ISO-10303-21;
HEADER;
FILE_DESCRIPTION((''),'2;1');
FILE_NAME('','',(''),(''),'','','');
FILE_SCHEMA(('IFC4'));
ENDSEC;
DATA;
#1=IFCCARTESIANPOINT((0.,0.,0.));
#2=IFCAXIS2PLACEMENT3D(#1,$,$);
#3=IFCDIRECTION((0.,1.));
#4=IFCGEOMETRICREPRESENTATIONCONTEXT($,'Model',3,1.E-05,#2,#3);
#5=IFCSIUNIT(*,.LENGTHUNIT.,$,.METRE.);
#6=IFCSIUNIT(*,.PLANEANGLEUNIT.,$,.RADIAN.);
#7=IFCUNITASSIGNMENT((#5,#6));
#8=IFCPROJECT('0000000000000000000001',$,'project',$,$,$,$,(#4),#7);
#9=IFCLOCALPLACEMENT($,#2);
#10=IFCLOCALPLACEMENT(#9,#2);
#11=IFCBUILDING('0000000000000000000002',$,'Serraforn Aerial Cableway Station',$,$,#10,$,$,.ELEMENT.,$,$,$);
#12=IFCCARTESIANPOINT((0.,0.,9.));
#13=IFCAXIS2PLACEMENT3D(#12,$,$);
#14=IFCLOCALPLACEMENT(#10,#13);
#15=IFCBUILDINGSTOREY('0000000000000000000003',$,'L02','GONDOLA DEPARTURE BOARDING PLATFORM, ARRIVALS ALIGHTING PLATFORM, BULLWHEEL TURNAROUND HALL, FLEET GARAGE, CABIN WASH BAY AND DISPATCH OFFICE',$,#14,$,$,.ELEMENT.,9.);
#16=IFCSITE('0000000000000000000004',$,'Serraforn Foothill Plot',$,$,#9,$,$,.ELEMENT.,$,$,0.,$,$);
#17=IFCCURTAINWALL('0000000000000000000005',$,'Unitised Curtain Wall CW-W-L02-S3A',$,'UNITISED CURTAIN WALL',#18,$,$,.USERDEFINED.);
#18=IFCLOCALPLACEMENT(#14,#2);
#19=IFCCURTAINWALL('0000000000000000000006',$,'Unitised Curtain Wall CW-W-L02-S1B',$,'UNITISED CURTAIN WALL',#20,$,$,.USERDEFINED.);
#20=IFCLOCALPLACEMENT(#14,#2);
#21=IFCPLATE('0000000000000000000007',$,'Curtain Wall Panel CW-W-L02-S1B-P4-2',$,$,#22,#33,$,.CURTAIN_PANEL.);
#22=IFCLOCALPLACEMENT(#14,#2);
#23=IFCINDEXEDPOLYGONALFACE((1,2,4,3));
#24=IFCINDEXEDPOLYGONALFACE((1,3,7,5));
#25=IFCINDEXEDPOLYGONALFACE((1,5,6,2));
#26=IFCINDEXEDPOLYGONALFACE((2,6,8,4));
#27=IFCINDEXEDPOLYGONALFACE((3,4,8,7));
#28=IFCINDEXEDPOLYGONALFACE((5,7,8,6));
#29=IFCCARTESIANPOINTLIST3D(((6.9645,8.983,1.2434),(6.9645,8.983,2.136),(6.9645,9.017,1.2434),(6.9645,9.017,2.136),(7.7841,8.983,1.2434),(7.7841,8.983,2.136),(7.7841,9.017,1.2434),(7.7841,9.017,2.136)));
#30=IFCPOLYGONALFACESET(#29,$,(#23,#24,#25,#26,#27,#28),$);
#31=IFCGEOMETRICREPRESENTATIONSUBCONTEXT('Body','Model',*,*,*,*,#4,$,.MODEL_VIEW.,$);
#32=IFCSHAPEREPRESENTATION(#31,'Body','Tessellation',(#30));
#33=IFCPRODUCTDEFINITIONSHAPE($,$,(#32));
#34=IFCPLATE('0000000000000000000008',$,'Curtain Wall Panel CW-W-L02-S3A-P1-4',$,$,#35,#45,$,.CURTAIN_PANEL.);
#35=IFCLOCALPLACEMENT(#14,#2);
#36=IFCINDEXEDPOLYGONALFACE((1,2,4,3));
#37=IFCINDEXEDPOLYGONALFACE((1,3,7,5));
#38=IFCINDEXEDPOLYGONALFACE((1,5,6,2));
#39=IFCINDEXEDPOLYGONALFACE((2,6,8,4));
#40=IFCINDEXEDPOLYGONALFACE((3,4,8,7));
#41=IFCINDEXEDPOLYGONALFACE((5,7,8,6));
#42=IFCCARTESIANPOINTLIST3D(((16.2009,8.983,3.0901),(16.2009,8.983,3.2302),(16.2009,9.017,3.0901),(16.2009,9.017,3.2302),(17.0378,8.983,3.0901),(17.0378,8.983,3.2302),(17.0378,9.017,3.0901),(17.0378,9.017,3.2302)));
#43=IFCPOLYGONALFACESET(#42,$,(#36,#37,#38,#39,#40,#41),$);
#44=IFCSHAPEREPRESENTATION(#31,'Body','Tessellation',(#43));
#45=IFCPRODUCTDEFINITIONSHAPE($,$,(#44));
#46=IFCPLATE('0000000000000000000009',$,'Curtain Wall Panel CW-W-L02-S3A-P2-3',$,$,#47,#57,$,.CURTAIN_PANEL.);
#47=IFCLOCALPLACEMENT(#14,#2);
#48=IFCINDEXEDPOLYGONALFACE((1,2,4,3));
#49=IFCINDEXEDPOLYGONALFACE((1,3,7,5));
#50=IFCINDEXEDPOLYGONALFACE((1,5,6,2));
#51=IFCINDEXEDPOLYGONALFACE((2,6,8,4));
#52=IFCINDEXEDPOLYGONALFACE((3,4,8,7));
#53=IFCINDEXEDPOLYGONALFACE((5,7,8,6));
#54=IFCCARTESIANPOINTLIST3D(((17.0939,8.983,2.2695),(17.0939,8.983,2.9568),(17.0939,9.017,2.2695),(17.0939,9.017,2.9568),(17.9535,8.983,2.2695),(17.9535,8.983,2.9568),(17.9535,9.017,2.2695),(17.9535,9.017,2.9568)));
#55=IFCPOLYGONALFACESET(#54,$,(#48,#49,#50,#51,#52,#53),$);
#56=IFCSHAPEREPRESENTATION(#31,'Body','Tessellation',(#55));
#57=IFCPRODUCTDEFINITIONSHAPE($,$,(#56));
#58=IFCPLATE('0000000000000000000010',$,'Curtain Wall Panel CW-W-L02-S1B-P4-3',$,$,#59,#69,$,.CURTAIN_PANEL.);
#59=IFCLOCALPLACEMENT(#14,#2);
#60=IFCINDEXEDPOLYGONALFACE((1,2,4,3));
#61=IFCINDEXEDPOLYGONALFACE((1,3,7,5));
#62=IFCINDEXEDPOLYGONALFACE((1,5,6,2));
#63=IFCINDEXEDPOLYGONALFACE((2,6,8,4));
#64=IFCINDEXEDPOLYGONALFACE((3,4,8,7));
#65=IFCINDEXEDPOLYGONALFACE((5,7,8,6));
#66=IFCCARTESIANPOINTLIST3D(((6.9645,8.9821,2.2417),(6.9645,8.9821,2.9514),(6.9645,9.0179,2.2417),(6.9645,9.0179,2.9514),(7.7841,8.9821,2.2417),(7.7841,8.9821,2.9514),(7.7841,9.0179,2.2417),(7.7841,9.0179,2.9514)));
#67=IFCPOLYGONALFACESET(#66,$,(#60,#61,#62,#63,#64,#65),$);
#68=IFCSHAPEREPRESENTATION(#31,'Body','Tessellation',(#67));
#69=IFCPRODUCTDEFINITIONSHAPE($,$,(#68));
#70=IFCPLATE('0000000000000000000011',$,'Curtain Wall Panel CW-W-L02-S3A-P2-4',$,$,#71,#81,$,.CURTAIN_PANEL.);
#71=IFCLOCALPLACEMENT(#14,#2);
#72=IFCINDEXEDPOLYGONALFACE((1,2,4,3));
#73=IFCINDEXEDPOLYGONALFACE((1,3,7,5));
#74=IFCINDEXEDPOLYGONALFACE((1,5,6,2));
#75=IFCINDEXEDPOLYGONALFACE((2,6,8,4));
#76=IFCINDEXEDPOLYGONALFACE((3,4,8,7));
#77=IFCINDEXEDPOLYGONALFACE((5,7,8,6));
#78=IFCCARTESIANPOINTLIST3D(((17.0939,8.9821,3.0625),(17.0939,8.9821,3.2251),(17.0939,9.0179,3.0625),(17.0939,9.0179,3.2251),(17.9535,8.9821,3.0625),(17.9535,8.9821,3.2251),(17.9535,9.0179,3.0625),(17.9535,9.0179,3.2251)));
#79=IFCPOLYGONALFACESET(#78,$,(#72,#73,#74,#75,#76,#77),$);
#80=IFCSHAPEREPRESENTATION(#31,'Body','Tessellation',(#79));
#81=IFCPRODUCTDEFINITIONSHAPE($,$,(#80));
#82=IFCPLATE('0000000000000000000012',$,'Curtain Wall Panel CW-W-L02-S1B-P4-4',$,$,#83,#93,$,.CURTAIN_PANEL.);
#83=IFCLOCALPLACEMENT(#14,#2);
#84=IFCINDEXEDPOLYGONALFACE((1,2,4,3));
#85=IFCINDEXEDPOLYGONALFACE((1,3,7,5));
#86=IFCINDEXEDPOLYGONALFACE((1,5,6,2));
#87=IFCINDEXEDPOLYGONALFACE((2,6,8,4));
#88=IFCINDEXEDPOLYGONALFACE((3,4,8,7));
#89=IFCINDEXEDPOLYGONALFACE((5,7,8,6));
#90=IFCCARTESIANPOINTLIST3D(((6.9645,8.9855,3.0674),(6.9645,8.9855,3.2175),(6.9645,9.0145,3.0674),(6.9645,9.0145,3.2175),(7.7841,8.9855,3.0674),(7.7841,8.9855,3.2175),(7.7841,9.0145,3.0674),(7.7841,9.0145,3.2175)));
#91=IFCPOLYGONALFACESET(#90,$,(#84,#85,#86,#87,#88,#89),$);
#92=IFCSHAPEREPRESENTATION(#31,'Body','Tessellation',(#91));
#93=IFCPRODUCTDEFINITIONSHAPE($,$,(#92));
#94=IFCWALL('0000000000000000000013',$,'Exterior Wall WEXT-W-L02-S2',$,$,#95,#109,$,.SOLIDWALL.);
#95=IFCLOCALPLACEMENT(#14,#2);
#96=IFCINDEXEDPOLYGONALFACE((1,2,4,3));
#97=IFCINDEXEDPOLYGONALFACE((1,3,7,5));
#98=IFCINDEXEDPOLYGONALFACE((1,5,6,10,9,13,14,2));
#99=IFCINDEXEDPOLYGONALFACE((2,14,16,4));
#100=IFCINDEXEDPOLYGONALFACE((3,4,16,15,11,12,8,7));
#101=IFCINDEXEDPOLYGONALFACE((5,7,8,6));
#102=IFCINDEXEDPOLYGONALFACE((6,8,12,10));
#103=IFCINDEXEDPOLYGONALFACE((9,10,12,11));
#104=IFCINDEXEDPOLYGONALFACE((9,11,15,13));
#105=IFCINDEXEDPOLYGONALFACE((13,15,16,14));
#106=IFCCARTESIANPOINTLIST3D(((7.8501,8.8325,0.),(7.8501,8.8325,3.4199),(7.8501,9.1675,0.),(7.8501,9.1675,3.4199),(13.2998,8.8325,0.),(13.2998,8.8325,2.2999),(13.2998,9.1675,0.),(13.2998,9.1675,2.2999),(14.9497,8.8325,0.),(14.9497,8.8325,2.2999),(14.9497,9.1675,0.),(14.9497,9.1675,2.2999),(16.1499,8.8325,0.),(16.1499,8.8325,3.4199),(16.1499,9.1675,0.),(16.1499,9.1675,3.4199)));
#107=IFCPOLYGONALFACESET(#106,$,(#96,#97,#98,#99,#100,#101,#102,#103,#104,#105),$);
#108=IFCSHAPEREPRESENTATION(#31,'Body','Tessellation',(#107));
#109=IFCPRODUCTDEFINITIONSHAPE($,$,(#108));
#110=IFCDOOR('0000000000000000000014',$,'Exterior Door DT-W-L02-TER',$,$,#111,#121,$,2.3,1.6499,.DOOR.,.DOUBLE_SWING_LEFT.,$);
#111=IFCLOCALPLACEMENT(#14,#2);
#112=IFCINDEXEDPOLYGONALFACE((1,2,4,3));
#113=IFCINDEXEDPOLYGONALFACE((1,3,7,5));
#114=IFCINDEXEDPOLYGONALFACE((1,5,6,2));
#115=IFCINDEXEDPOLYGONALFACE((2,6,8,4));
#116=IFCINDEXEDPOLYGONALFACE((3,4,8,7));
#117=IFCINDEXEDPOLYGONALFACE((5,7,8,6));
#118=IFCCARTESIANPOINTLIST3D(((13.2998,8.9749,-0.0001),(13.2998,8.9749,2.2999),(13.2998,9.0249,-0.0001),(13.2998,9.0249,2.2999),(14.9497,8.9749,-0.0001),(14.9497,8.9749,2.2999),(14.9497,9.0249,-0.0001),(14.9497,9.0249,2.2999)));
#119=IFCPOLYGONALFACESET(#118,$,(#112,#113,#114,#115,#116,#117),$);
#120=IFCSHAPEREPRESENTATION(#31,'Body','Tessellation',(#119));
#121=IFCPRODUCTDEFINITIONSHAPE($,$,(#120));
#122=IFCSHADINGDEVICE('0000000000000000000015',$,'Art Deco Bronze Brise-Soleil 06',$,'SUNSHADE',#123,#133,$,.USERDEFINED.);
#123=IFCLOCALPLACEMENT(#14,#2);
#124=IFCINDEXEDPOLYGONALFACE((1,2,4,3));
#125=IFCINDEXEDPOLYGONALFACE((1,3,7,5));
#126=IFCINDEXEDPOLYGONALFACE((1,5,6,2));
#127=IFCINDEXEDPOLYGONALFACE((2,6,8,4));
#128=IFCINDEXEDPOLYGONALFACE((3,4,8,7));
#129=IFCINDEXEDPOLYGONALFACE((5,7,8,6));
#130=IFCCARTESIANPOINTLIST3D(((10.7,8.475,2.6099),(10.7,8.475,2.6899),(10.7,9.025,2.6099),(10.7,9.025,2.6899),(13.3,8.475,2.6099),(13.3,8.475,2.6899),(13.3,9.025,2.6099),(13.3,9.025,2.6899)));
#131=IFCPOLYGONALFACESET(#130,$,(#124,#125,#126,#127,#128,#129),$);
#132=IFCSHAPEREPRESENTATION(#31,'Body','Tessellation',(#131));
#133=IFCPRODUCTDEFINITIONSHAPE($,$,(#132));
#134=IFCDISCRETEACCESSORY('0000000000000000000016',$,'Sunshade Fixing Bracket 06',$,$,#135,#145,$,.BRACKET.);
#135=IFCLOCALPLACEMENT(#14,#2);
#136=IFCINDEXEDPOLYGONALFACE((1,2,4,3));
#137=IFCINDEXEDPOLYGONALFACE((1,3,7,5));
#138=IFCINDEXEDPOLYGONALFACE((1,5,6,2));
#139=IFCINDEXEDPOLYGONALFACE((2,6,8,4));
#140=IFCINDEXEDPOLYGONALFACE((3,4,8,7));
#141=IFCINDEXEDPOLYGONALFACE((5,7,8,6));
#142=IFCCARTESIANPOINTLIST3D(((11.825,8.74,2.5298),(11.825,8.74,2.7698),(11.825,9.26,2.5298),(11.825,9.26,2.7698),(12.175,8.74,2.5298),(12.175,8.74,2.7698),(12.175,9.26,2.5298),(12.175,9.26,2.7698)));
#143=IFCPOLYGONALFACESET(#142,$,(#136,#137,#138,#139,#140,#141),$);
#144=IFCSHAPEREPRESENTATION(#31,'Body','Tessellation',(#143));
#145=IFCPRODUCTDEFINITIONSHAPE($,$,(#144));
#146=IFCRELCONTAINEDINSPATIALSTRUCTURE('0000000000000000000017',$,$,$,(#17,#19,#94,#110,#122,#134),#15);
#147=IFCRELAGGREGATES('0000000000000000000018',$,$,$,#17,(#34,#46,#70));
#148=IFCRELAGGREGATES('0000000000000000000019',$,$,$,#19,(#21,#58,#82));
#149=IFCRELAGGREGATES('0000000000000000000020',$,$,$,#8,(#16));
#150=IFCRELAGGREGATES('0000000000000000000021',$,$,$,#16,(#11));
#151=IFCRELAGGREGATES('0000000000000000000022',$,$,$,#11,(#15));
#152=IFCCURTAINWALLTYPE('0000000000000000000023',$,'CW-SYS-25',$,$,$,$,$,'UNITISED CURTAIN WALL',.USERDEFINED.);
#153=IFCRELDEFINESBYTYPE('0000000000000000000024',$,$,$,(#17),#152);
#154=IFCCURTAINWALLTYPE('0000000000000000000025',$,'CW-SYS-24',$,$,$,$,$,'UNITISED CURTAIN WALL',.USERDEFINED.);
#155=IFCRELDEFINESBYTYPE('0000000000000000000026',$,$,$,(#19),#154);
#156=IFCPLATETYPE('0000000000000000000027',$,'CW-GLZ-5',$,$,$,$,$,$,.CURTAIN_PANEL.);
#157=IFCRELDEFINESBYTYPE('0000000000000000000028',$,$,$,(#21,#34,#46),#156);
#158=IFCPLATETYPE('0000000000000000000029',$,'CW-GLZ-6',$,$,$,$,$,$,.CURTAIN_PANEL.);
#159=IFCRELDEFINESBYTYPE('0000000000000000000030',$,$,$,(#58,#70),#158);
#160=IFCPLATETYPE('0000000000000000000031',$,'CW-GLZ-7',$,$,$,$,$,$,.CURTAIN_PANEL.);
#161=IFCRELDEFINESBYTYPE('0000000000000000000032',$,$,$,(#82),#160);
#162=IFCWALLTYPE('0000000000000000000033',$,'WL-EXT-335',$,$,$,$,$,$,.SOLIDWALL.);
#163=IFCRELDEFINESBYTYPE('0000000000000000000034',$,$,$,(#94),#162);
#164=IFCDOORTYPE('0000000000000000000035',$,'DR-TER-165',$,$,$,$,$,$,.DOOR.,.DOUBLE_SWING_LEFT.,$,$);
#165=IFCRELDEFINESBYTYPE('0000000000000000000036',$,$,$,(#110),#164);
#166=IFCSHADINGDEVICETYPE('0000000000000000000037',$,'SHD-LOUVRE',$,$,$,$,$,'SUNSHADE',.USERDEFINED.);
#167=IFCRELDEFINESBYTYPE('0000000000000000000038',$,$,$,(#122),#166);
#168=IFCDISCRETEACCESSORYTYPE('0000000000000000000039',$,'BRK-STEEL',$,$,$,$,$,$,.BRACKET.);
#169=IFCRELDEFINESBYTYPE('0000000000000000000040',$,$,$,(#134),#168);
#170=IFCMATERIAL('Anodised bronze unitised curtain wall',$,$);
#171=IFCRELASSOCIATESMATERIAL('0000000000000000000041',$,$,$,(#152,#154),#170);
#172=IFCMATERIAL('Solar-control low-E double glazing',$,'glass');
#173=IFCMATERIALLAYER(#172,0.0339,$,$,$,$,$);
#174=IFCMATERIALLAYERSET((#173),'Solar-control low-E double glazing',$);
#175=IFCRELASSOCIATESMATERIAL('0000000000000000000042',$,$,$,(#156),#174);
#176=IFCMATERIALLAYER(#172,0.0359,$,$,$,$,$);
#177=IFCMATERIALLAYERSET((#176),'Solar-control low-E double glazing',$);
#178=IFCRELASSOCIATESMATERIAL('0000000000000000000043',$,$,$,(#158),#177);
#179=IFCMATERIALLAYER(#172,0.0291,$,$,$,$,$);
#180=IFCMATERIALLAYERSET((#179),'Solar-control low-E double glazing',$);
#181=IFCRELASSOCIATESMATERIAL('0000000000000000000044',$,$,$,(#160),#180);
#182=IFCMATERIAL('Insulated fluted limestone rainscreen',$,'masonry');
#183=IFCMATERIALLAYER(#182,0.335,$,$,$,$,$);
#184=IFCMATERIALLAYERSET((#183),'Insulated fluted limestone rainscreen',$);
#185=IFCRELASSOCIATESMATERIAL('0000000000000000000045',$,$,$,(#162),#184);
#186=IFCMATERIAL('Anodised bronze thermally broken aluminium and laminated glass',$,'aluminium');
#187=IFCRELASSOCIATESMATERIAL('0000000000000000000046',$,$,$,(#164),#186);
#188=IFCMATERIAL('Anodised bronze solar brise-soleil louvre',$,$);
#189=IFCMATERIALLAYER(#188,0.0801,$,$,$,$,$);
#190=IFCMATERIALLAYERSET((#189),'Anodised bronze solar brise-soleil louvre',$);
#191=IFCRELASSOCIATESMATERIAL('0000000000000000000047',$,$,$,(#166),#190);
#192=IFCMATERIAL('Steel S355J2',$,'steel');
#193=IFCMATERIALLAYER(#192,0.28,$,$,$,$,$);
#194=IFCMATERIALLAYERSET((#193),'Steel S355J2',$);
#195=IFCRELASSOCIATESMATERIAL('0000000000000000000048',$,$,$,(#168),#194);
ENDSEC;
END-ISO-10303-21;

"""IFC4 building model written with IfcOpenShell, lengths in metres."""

from ifc_helpers import new_model, si_unit, direction, frame, frame_2d, origin, origin_2d, place, context, subcontext, project, spatial, rectangle, extrude, material, layer, layer_set, type_object, element, fill, aggregate, save


model = new_model("IFC4")

# Units and contexts
model_context = context("Model", 3, precision=1e-05, world=origin(), true_north=direction((0.0, 1.0)))
body_context = subcontext(model_context, "Body", "Model", "MODEL_VIEW")
ifc_project = project(units=[si_unit("LENGTHUNIT", "METRE"), si_unit("PLANEANGLEUNIT", "RADIAN")], contexts=[model_context])

# Site, building, storey
site_placement = place(None, origin())
site = spatial("IfcSite", under=ifc_project, at=site_placement, Name="Serraforn Foothill Plot", CompositionType="ELEMENT", RefElevation=0.0)
building_placement = place(site_placement, origin())
building = spatial("IfcBuilding", under=site, at=building_placement, Name="Serraforn Aerial Cableway Station", CompositionType="ELEMENT")
storey_placement = place(building_placement, frame((0.0, 0.0, 9.0)))
storey = spatial("IfcBuildingStorey", under=building, at=storey_placement, Name="L02", Description="GONDOLA DEPARTURE BOARDING PLATFORM, ARRIVALS ALIGHTING PLATFORM, BULLWHEEL TURNAROUND HALL, FLEET GARAGE, CABIN WASH BAY AND DISPATCH OFFICE", CompositionType="ELEMENT", Elevation=9.0)

# Shared definitions
ifc_material_1 = material(Name="Steel S355J2", Category="steel")

# Curtain wall
ifc_material_2 = material(Name="Anodised bronze unitised curtain wall")
curtain_wall_type_1 = type_object("IfcCurtainWallType", Name="CW-SYS-25", ElementType="UNITISED CURTAIN WALL", PredefinedType="USERDEFINED", material=ifc_material_2)
curtain_wall_1_placement = place(storey_placement, origin())
curtain_wall_1 = element("IfcCurtainWall", 1, at=curtain_wall_1_placement, inside=storey, type_object=curtain_wall_type_1, Name="Unitised Curtain Wall CW-W-L02-S3A", ObjectType="UNITISED CURTAIN WALL", PredefinedType="USERDEFINED")

# Curtain wall
curtain_wall_type_2 = type_object("IfcCurtainWallType", Name="CW-SYS-24", ElementType="UNITISED CURTAIN WALL", PredefinedType="USERDEFINED", material=ifc_material_2)
curtain_wall_2_placement = place(storey_placement, origin())
curtain_wall_2 = element("IfcCurtainWall", 2, at=curtain_wall_2_placement, inside=storey, type_object=curtain_wall_type_2, Name="Unitised Curtain Wall CW-W-L02-S1B", ObjectType="UNITISED CURTAIN WALL", PredefinedType="USERDEFINED")

# Plates
ifc_material_3 = material(Name="Solar-control low-E double glazing", Category="glass")
ifc_layer_1 = layer(ifc_material_3, 0.0339)
ifc_layer_set_1 = layer_set([ifc_layer_1], Name="Solar-control low-E double glazing")
plate_type_1 = type_object("IfcPlateType", Name="CW-GLZ-5", PredefinedType="CURTAIN_PANEL", material=ifc_layer_set_1)
plate_1_placement = place(storey_placement, frame((7.3743, 9.0, 1.2434), z_axis=(0.0, 0.0, 1.0), x_axis=(1.0, 0.0, 0.0)))
plate_1 = element("IfcPlate", 3, at=plate_1_placement, type_object=plate_type_1, Name="Curtain Wall Panel CW-W-L02-S1B-P4-2", PredefinedType="CURTAIN_PANEL", context=body_context, shape_type="SweptSolid", body=[
    extrude(rectangle(XDim=0.8196, YDim=0.0339, at=origin_2d()), origin(), (0.0, 0.0, 1.0), 0.8926),
])
plate_2_placement = place(storey_placement, frame((16.6194, 9.0, 3.0901), z_axis=(0.0, 0.0, 1.0), x_axis=(1.0, 0.0, 0.0)))
plate_2 = element("IfcPlate", 4, at=plate_2_placement, type_object=plate_type_1, Name="Curtain Wall Panel CW-W-L02-S3A-P1-4", PredefinedType="CURTAIN_PANEL", context=body_context, shape_type="SweptSolid", body=[
    extrude(rectangle(XDim=0.8369, YDim=0.0339, at=origin_2d()), origin(), (0.0, 0.0, 1.0), 0.1401),
])
plate_3_placement = place(storey_placement, frame((17.5237, 9.0, 2.2695), z_axis=(0.0, 0.0, 1.0), x_axis=(1.0, 0.0, 0.0)))
plate_3 = element("IfcPlate", 5, at=plate_3_placement, type_object=plate_type_1, Name="Curtain Wall Panel CW-W-L02-S3A-P2-3", PredefinedType="CURTAIN_PANEL", context=body_context, shape_type="SweptSolid", body=[
    extrude(rectangle(XDim=0.8596, YDim=0.0339, at=origin_2d()), origin(), (0.0, 0.0, 1.0), 0.6873),
])
ifc_layer_2 = layer(ifc_material_3, 0.0359)
ifc_layer_set_2 = layer_set([ifc_layer_2], Name="Solar-control low-E double glazing")
plate_type_2 = type_object("IfcPlateType", Name="CW-GLZ-6", PredefinedType="CURTAIN_PANEL", material=ifc_layer_set_2)
plate_4_placement = place(storey_placement, frame((7.3743, 9.0, 2.2417), z_axis=(0.0, 0.0, 1.0), x_axis=(1.0, 0.0, 0.0)))
plate_4 = element("IfcPlate", 6, at=plate_4_placement, type_object=plate_type_2, Name="Curtain Wall Panel CW-W-L02-S1B-P4-3", PredefinedType="CURTAIN_PANEL", context=body_context, shape_type="SweptSolid", body=[
    extrude(rectangle(XDim=0.8196, YDim=0.0359, at=origin_2d()), origin(), (0.0, 0.0, 1.0), 0.7097),
])
plate_5_placement = place(storey_placement, frame((17.5237, 9.0, 3.0625), z_axis=(0.0, 0.0, 1.0), x_axis=(1.0, 0.0, 0.0)))
plate_5 = element("IfcPlate", 7, at=plate_5_placement, type_object=plate_type_2, Name="Curtain Wall Panel CW-W-L02-S3A-P2-4", PredefinedType="CURTAIN_PANEL", context=body_context, shape_type="SweptSolid", body=[
    extrude(rectangle(XDim=0.8596, YDim=0.0359, at=origin_2d()), origin(), (0.0, 0.0, 1.0), 0.1626),
])
aggregate(curtain_wall_1, [plate_2, plate_3, plate_5])
ifc_layer_3 = layer(ifc_material_3, 0.0291)
ifc_layer_set_3 = layer_set([ifc_layer_3], Name="Solar-control low-E double glazing")
plate_type_3 = type_object("IfcPlateType", Name="CW-GLZ-7", PredefinedType="CURTAIN_PANEL", material=ifc_layer_set_3)
plate_6_placement = place(storey_placement, frame((7.3743, 9.0, 3.0674), z_axis=(0.0, 0.0, 1.0), x_axis=(1.0, 0.0, 0.0)))
plate_6 = element("IfcPlate", 8, at=plate_6_placement, type_object=plate_type_3, Name="Curtain Wall Panel CW-W-L02-S1B-P4-4", PredefinedType="CURTAIN_PANEL", context=body_context, shape_type="SweptSolid", body=[
    extrude(rectangle(XDim=0.8196, YDim=0.0291, at=origin_2d()), origin(), (0.0, 0.0, 1.0), 0.1501),
])
aggregate(curtain_wall_2, [plate_1, plate_4, plate_6])

# Wall, opening, door
ifc_material_4 = material(Name="Insulated fluted limestone rainscreen", Category="masonry")
ifc_layer_4 = layer(ifc_material_4, 0.335)
ifc_layer_set_4 = layer_set([ifc_layer_4], Name="Insulated fluted limestone rainscreen")
wall_type = type_object("IfcWallType", Name="WL-EXT-335", PredefinedType="SOLIDWALL", material=ifc_layer_set_4)
wall_placement = place(storey_placement, frame((7.8501, 9.0, 0.0), z_axis=(0.0, 0.0, 1.0), x_axis=(1.0, 0.0, 0.0)))
wall = element("IfcWall", 9, at=wall_placement, inside=storey, type_object=wall_type, Name="Exterior Wall WEXT-W-L02-S2", PredefinedType="SOLIDWALL", context=body_context, shape_type="SweptSolid", body=[
    extrude(rectangle(XDim=8.2998, YDim=0.335, at=frame_2d((4.1499, 0.0))), origin(), (0.0, 0.0, 1.0), 3.4199),
])
opening_placement = place(wall_placement, frame((5.4497, 0.0, 0.0)))
opening = element("IfcOpeningElement", 10, at=opening_placement, cuts=wall, PredefinedType="OPENING", context=body_context, shape_type="SweptSolid", body=[
    extrude(rectangle(XDim=1.6499, YDim=2.3, at=frame_2d((0.825, 1.1499))), frame((0.0, 0.1775, 0.0), z_axis=(0.0, -1.0, 0.0), x_axis=(1.0, 0.0, 0.0)), (0.0, 0.0, 1.0), 0.355),
])
ifc_material_5 = material(Name="Anodised bronze thermally broken aluminium and laminated glass", Category="aluminium")
door_type = type_object("IfcDoorType", Name="DR-TER-165", OperationType="DOUBLE_SWING_LEFT", PredefinedType="DOOR", material=ifc_material_5)
door_placement = place(opening_placement, origin())
door = element("IfcDoor", 11, at=door_placement, inside=storey, type_object=door_type, Name="Exterior Door DT-W-L02-TER", OperationType="DOUBLE_SWING_LEFT", OverallHeight=2.3, OverallWidth=1.6499, PredefinedType="DOOR", context=body_context, shape_type="SweptSolid", body=[
    extrude(rectangle(XDim=1.6499, YDim=2.3, at=frame_2d((0.825, 1.1499))), frame((0.0, 0.0249, 0.0), z_axis=(0.0, -1.0, 0.0), x_axis=(1.0, 0.0, 0.0)), (0.0, 0.0, 1.0), 0.05),
])
fill(opening, door)

# Shading device
ifc_material_6 = material(Name="Anodised bronze solar brise-soleil louvre")
ifc_layer_5 = layer(ifc_material_6, 0.0801)
ifc_layer_set_5 = layer_set([ifc_layer_5], Name="Anodised bronze solar brise-soleil louvre")
shading_device_type = type_object("IfcShadingDeviceType", Name="SHD-LOUVRE", ElementType="SUNSHADE", PredefinedType="USERDEFINED", material=ifc_layer_set_5)
shading_device_placement = place(storey_placement, frame((12.0, 8.75, 2.6099), z_axis=(0.0, 0.0, 1.0), x_axis=(1.0, 0.0, 0.0)))
element("IfcShadingDevice", 12, at=shading_device_placement, inside=storey, type_object=shading_device_type, Name="Art Deco Bronze Brise-Soleil 06", ObjectType="SUNSHADE", PredefinedType="USERDEFINED", context=body_context, shape_type="SweptSolid", body=[
    extrude(rectangle(XDim=2.6001, YDim=0.55, at=origin_2d()), origin(), (0.0, 0.0, 1.0), 0.0801),
])

# Discrete accessory
ifc_layer_6 = layer(ifc_material_1, 0.28)
ifc_layer_set_6 = layer_set([ifc_layer_6], Name="Steel S355J2")
discrete_accessory_type = type_object("IfcDiscreteAccessoryType", Name="BRK-STEEL", PredefinedType="BRACKET", material=ifc_layer_set_6)
discrete_accessory_placement = place(storey_placement, frame((12.0, 9.0, 2.5298), z_axis=(0.0, 0.0, 1.0), x_axis=(1.0, 0.0, 0.0)))
element("IfcDiscreteAccessory", 13, at=discrete_accessory_placement, inside=storey, type_object=discrete_accessory_type, Name="Sunshade Fixing Bracket 06", PredefinedType="BRACKET", context=body_context, shape_type="SweptSolid", body=[
    extrude(rectangle(XDim=0.3501, YDim=0.52, at=origin_2d()), origin(), (0.0, 0.0, 1.0), 0.24),
])

save(model, "model.ifc")
